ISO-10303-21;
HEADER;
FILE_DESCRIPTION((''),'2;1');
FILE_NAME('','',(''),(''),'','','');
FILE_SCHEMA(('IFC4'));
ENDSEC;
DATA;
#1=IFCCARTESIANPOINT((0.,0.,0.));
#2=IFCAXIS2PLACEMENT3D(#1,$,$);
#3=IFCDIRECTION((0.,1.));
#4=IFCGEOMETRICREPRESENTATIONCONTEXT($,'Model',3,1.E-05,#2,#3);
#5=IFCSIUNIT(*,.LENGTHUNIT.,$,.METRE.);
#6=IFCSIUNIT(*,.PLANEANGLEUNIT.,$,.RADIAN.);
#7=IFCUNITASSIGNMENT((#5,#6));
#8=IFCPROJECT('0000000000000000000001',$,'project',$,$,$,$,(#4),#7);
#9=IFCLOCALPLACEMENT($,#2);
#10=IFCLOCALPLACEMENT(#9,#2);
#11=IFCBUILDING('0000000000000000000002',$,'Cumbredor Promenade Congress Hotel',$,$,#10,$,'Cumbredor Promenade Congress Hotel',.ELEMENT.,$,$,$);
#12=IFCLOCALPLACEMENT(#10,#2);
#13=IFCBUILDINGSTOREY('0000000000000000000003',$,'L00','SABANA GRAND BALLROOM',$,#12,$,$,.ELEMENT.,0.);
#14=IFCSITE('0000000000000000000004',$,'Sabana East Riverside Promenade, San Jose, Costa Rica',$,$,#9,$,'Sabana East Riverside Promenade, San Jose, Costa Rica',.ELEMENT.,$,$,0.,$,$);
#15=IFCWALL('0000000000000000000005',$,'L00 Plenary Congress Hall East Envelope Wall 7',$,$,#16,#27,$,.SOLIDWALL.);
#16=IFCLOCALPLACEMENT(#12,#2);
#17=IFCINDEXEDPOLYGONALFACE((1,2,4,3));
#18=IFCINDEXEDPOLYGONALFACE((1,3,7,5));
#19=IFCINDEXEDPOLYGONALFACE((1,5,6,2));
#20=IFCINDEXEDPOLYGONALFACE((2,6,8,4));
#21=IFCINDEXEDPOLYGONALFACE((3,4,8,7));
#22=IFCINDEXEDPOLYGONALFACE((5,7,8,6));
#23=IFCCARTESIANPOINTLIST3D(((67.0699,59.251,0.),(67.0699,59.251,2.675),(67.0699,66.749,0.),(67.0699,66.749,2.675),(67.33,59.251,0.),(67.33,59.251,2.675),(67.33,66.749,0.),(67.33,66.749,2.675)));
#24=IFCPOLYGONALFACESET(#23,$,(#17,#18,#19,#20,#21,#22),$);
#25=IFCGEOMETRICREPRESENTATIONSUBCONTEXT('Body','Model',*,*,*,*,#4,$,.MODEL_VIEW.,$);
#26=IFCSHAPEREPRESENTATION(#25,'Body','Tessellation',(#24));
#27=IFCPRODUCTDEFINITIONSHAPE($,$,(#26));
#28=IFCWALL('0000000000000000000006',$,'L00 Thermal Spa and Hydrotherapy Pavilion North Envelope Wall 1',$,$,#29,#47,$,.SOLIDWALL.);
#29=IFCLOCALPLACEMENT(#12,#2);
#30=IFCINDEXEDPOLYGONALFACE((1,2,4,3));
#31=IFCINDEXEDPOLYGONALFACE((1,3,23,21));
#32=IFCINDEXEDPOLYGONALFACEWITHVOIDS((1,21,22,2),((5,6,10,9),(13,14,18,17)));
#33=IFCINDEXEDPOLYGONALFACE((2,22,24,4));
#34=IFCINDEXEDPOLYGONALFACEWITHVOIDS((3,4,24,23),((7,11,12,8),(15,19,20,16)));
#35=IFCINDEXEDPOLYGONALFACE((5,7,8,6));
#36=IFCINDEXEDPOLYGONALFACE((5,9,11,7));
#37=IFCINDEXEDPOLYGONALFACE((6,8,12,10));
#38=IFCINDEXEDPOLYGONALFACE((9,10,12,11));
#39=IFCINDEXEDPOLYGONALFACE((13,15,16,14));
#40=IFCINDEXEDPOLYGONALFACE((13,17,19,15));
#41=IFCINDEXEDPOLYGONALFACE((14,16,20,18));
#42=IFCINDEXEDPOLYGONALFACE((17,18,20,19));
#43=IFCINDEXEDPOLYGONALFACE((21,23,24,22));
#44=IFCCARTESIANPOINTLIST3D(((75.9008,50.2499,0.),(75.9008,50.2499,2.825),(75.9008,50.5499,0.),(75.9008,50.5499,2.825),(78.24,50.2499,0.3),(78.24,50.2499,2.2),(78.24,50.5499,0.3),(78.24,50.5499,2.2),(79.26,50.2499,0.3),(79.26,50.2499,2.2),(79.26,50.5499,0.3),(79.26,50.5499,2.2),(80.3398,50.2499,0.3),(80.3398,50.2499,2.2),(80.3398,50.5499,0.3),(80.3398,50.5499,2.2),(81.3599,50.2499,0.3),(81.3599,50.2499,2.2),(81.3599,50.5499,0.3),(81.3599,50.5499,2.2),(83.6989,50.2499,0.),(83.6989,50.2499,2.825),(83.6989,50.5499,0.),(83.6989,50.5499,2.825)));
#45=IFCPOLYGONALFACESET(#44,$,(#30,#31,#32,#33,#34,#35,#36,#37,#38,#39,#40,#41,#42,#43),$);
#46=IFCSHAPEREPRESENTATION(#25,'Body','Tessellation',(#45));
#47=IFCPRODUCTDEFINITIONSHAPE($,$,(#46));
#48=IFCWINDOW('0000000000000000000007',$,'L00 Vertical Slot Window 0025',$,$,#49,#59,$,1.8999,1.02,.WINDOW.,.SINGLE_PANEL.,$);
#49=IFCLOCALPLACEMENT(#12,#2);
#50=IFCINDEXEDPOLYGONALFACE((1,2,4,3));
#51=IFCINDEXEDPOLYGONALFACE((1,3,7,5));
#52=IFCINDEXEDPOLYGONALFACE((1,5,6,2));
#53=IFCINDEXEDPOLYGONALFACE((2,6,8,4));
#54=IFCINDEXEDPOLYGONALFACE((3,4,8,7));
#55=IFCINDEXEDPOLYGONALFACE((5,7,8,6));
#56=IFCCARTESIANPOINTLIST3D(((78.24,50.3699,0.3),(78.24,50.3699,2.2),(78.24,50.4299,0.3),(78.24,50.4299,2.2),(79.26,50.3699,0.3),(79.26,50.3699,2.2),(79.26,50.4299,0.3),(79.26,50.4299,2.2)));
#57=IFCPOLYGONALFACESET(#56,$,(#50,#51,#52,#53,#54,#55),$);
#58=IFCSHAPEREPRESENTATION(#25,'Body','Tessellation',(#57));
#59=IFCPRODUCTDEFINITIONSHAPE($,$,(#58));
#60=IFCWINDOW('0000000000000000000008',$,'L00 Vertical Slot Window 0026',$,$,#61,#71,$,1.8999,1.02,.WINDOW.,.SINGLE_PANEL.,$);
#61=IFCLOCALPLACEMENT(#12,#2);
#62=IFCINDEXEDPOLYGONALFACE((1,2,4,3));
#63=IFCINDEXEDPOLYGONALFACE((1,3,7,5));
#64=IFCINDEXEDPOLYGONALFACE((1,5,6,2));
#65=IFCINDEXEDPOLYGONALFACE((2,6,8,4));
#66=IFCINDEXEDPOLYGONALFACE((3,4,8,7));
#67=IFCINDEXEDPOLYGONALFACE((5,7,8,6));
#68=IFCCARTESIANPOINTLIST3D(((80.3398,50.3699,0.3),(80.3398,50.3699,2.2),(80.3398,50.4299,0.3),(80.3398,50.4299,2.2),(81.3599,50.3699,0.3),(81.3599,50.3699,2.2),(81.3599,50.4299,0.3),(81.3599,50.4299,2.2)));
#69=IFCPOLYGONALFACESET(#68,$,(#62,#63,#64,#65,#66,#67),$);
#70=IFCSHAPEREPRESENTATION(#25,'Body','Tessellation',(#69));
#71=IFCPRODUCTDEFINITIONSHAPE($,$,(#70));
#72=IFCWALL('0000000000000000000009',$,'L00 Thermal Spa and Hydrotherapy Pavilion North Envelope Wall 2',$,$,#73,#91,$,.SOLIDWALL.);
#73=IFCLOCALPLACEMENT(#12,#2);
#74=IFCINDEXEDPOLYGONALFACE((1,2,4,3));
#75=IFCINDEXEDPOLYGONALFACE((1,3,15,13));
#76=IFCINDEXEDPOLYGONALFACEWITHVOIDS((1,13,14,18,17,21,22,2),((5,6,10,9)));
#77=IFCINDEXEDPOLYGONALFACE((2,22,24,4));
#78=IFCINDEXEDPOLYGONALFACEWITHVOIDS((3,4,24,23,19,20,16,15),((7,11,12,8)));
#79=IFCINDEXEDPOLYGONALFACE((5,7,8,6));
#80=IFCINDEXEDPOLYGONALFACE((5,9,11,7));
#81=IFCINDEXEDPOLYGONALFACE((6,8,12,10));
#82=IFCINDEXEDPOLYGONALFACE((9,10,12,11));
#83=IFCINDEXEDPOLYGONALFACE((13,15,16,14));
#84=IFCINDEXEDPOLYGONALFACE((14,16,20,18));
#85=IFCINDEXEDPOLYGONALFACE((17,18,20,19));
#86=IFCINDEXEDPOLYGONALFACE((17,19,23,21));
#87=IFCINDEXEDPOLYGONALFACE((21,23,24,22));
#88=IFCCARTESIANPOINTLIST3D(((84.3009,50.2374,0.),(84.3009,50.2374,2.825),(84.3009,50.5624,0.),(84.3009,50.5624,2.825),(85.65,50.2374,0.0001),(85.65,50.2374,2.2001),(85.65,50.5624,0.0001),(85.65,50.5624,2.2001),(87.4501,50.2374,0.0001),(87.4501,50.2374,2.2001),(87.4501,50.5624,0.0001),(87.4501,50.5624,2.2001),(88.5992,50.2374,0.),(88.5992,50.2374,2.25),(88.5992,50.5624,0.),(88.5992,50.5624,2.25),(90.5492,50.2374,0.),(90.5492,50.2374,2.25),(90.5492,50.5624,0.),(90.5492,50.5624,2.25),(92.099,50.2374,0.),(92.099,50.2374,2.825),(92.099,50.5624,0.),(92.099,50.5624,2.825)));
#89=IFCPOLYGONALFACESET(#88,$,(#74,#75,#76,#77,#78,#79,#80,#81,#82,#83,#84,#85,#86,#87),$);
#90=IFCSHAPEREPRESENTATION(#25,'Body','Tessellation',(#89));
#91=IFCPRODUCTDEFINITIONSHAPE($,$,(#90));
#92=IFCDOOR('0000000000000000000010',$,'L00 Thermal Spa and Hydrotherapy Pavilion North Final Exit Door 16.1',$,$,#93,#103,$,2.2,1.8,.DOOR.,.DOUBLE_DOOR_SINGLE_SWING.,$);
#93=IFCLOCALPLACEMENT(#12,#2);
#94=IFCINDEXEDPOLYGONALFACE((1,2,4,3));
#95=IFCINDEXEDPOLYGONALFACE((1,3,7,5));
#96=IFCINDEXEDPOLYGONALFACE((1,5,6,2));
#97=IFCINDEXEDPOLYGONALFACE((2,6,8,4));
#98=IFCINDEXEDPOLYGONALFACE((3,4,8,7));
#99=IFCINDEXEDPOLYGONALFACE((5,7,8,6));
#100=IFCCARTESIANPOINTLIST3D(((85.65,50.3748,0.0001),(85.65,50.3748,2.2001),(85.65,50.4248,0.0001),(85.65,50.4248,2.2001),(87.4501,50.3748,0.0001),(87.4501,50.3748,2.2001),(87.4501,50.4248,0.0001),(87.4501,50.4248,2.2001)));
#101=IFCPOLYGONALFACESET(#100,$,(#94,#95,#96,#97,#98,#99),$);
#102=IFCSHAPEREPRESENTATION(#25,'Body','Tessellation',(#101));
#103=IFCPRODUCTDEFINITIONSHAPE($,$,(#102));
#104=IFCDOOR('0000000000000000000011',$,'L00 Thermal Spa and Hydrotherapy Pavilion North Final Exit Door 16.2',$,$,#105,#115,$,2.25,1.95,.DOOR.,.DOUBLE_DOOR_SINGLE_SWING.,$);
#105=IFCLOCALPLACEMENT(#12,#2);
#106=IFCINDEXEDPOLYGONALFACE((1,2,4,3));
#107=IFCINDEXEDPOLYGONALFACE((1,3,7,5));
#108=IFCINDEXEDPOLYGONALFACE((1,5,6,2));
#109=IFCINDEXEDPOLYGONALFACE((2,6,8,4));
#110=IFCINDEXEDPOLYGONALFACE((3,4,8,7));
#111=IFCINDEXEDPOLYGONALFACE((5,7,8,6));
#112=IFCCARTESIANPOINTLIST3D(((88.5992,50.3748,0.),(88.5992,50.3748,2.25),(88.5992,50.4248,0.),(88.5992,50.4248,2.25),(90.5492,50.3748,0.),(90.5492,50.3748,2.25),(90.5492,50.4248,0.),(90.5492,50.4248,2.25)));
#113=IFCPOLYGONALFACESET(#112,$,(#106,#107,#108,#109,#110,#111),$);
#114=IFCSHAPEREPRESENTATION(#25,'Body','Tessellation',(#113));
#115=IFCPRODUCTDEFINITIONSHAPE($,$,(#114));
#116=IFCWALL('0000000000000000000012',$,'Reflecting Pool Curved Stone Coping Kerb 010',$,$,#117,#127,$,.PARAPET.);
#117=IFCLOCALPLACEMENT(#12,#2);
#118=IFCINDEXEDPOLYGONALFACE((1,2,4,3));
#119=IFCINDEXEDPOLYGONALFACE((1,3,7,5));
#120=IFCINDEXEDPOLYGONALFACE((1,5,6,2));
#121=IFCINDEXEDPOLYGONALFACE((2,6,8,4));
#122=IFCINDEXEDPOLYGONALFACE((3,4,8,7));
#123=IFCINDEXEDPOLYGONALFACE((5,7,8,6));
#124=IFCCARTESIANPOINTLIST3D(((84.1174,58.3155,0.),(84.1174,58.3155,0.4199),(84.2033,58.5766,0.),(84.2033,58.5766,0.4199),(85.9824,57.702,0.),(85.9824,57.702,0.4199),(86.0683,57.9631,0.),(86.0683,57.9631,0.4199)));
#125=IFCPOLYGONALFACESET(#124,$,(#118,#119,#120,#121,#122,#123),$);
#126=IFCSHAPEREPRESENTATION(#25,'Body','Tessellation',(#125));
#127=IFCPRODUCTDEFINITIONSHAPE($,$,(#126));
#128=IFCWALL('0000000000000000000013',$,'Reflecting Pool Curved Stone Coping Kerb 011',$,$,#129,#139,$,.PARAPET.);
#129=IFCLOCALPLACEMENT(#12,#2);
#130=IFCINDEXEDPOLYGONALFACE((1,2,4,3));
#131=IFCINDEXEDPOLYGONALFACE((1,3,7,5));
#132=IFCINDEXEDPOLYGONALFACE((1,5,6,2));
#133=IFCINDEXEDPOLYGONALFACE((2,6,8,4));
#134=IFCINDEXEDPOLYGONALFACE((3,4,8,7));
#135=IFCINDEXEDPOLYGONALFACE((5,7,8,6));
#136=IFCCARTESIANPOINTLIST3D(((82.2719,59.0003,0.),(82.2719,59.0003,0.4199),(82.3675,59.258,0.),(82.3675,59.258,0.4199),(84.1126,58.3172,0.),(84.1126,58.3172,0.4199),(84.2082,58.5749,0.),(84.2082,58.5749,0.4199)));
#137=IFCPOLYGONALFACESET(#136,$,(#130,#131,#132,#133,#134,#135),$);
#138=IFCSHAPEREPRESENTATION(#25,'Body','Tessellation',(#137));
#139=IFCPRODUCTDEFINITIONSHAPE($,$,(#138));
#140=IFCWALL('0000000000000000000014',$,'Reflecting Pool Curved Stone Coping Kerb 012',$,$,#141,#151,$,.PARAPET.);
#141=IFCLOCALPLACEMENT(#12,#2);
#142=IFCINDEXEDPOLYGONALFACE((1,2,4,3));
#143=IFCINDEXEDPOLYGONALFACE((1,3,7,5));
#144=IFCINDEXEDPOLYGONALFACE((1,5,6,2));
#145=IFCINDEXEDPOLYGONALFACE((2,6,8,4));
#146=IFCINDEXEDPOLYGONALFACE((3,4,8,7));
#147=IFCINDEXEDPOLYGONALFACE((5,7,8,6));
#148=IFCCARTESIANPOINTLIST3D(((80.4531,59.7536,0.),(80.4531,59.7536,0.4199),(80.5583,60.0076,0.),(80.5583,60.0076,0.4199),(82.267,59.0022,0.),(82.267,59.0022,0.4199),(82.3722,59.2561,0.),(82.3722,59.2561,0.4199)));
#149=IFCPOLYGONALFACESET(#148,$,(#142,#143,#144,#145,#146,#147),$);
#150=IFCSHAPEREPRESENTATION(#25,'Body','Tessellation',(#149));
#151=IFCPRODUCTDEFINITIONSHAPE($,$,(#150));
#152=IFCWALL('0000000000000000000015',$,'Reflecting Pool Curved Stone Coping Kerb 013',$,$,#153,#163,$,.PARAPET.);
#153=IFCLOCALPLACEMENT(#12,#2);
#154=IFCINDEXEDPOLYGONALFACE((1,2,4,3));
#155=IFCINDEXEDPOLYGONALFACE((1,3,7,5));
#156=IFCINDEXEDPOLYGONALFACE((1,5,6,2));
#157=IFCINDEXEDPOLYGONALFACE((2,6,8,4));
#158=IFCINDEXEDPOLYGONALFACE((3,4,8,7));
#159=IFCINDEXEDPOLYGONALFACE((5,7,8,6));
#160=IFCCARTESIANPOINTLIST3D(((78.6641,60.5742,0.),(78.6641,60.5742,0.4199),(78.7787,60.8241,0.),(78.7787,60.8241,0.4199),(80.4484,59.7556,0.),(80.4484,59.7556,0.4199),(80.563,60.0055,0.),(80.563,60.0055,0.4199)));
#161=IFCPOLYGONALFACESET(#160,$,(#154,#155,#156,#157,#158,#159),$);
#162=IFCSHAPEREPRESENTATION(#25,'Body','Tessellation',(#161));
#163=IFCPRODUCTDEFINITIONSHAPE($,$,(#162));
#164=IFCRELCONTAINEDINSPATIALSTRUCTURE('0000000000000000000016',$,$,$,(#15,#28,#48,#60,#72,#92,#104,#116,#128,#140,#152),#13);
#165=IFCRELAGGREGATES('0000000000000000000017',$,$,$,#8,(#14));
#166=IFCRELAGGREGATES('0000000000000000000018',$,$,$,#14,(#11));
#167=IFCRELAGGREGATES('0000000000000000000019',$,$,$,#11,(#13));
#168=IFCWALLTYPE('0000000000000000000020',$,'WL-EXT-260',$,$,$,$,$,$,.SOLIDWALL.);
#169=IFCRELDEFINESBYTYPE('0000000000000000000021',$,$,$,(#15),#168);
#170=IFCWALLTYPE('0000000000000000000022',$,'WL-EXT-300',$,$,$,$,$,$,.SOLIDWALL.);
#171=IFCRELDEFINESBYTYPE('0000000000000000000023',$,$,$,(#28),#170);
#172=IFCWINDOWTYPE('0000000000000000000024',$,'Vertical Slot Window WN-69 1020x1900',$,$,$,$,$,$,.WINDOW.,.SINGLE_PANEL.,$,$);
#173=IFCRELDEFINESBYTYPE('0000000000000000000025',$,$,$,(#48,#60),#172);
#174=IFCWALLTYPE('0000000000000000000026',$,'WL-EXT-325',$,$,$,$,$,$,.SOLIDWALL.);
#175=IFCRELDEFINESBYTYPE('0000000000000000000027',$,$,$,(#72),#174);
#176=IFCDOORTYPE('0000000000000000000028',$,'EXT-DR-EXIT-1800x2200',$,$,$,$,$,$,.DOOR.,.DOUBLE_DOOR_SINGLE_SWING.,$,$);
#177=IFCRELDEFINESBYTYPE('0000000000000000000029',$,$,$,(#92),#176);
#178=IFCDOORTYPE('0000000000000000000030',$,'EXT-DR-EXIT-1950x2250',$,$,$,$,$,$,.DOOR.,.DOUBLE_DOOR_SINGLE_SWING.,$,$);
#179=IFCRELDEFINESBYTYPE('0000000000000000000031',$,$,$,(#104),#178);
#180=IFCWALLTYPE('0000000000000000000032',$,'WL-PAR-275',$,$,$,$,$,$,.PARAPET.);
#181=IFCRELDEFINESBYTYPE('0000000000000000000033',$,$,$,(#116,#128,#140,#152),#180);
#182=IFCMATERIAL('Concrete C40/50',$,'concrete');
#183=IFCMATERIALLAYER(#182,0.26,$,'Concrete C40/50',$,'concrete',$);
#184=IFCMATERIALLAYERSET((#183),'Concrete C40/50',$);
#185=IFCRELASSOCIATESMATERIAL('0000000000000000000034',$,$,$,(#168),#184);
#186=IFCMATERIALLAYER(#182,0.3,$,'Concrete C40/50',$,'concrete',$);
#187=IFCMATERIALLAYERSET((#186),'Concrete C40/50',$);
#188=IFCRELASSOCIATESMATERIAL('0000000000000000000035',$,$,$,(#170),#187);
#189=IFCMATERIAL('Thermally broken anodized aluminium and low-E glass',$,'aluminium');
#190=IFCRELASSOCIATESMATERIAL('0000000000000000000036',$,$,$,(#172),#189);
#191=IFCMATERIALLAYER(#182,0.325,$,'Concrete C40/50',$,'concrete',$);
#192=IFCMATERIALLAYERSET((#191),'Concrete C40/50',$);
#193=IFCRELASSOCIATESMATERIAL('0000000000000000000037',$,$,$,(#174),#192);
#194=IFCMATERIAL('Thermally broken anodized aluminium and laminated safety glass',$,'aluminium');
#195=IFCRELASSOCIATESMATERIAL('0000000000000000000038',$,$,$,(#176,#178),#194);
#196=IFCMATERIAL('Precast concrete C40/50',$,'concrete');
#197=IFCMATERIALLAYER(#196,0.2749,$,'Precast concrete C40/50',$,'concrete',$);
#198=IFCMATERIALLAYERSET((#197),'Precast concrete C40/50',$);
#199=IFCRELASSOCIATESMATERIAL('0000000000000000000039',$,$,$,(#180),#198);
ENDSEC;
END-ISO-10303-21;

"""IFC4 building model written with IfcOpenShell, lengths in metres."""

from ifc_helpers import new_model, si_unit, direction, frame, frame_2d, origin, place, context, subcontext, project, spatial, rectangle, extrude, material, layer, layer_set, type_object, element, fill, save


model = new_model("IFC4")

# Units and contexts
model_context = context("Model", 3, precision=1e-05, world=origin(), true_north=direction((0.0, 1.0)))
body_context = subcontext(model_context, "Body", "Model", "MODEL_VIEW")
ifc_project = project(units=[si_unit("LENGTHUNIT", "METRE"), si_unit("PLANEANGLEUNIT", "RADIAN")], contexts=[model_context])

# Site, building, storey
site_placement = place(None, origin())
site = spatial("IfcSite", under=ifc_project, at=site_placement, Name="Sabana East Riverside Promenade, San Jose, Costa Rica", LongName="Sabana East Riverside Promenade, San Jose, Costa Rica", CompositionType="ELEMENT", RefElevation=0.0)
building_placement = place(site_placement, origin())
building = spatial("IfcBuilding", under=site, at=building_placement, Name="Cumbredor Promenade Congress Hotel", LongName="Cumbredor Promenade Congress Hotel", CompositionType="ELEMENT")
storey_placement = place(building_placement, origin())
storey = spatial("IfcBuildingStorey", under=building, at=storey_placement, Name="L00", Description="SABANA GRAND BALLROOM", CompositionType="ELEMENT", Elevation=0.0)

# Shared definitions
ifc_material_1 = material(Name="Concrete C40/50", Category="concrete")

# Shared definitions
ifc_material_2 = material(Name="Thermally broken anodized aluminium and low-E glass", Category="aluminium")

# Wall
ifc_layer_1 = layer(ifc_material_1, 0.26, Name="Concrete C40/50", Category="concrete")
ifc_layer_set_1 = layer_set([ifc_layer_1], Name="Concrete C40/50")
wall_type_1 = type_object("IfcWallType", Name="WL-EXT-260", PredefinedType="SOLIDWALL", material=ifc_layer_set_1)
wall_1_placement = place(storey_placement, frame((67.2, 59.251, 0.0), z_axis=(0.0, 0.0, 1.0), x_axis=(0.0, 1.0, 0.0)))
element("IfcWall", 1, at=wall_1_placement, inside=storey, type_object=wall_type_1, Name="L00 Plenary Congress Hall East Envelope Wall 7", PredefinedType="SOLIDWALL", context=body_context, shape_type="SweptSolid", body=[
    extrude(rectangle(XDim=7.498, YDim=0.26, at=frame_2d((3.749, 0.0))), origin(), (0.0, 0.0, 1.0), 2.675),
])

# Wall, openings, windows
ifc_layer_2 = layer(ifc_material_1, 0.3, Name="Concrete C40/50", Category="concrete")
ifc_layer_set_2 = layer_set([ifc_layer_2], Name="Concrete C40/50")
wall_type_2 = type_object("IfcWallType", Name="WL-EXT-300", PredefinedType="SOLIDWALL", material=ifc_layer_set_2)
wall_2_placement = place(storey_placement, frame((75.9009, 50.3999, 0.0), z_axis=(0.0, 0.0, 1.0), x_axis=(1.0, 0.0, 0.0)))
wall_2 = element("IfcWall", 2, at=wall_2_placement, inside=storey, type_object=wall_type_2, Name="L00 Thermal Spa and Hydrotherapy Pavilion North Envelope Wall 1", PredefinedType="SOLIDWALL", context=body_context, shape_type="SweptSolid", body=[
    extrude(rectangle(XDim=7.7981, YDim=0.3, at=frame_2d((3.8989, 0.0))), origin(), (0.0, 0.0, 1.0), 2.825),
])
opening_1_placement = place(wall_2_placement, frame((2.3391, 0.0, 0.3)))
opening_1 = element("IfcOpeningElement", 3, at=opening_1_placement, cuts=wall_2, PredefinedType="OPENING", context=body_context, shape_type="SweptSolid", body=[
    extrude(rectangle(XDim=1.02, YDim=1.8999, at=frame_2d((0.51, 0.95))), frame((0.0, 0.1602, 0.0), z_axis=(0.0, -1.0, 0.0), x_axis=(1.0, 0.0, 0.0)), (0.0, 0.0, 1.0), 0.3201),
])
opening_2_placement = place(wall_2_placement, frame((4.439, 0.0, 0.3)))
opening_2 = element("IfcOpeningElement", 4, at=opening_2_placement, cuts=wall_2, PredefinedType="OPENING", context=body_context, shape_type="SweptSolid", body=[
    extrude(rectangle(XDim=1.02, YDim=1.8999, at=frame_2d((0.51, 0.95))), frame((0.0, 0.1602, 0.0), z_axis=(0.0, -1.0, 0.0), x_axis=(1.0, 0.0, 0.0)), (0.0, 0.0, 1.0), 0.3201),
])
window_type = type_object("IfcWindowType", Name="Vertical Slot Window WN-69 1020x1900", PartitioningType="SINGLE_PANEL", PredefinedType="WINDOW", material=ifc_material_2)
window_1_placement = place(opening_1_placement, origin())
window_1 = element("IfcWindow", 5, at=window_1_placement, inside=storey, type_object=window_type, Name="L00 Vertical Slot Window 0025", OverallHeight=1.8999, OverallWidth=1.02, PartitioningType="SINGLE_PANEL", PredefinedType="WINDOW", context=body_context, shape_type="SweptSolid", body=[
    extrude(rectangle(XDim=1.02, YDim=1.8999, at=frame_2d((0.51, 0.95))), frame((0.0, 0.03, 0.0), z_axis=(0.0, -1.0, 0.0), x_axis=(1.0, 0.0, 0.0)), (0.0, 0.0, 1.0), 0.0601),
])
fill(opening_1, window_1)
window_2_placement = place(opening_2_placement, origin())
window_2 = element("IfcWindow", 6, at=window_2_placement, inside=storey, type_object=window_type, Name="L00 Vertical Slot Window 0026", OverallHeight=1.8999, OverallWidth=1.02, PartitioningType="SINGLE_PANEL", PredefinedType="WINDOW", context=body_context, shape_type="SweptSolid", body=[
    extrude(rectangle(XDim=1.02, YDim=1.8999, at=frame_2d((0.51, 0.95))), frame((0.0, 0.03, 0.0), z_axis=(0.0, -1.0, 0.0), x_axis=(1.0, 0.0, 0.0)), (0.0, 0.0, 1.0), 0.0601),
])
fill(opening_2, window_2)

# Wall, openings, doors
ifc_layer_3 = layer(ifc_material_1, 0.325, Name="Concrete C40/50", Category="concrete")
ifc_layer_set_3 = layer_set([ifc_layer_3], Name="Concrete C40/50")
wall_type_3 = type_object("IfcWallType", Name="WL-EXT-325", PredefinedType="SOLIDWALL", material=ifc_layer_set_3)
wall_3_placement = place(storey_placement, frame((84.301, 50.3999, 0.0), z_axis=(0.0, 0.0, 1.0), x_axis=(1.0, 0.0, 0.0)))
wall_3 = element("IfcWall", 7, at=wall_3_placement, inside=storey, type_object=wall_type_3, Name="L00 Thermal Spa and Hydrotherapy Pavilion North Envelope Wall 2", PredefinedType="SOLIDWALL", context=body_context, shape_type="SweptSolid", body=[
    extrude(rectangle(XDim=7.7981, YDim=0.325, at=frame_2d((3.8989, 0.0))), origin(), (0.0, 0.0, 1.0), 2.825),
])
opening_3_placement = place(wall_3_placement, frame((1.3491, 0.0, 0.0)))
opening_3 = element("IfcOpeningElement", 8, at=opening_3_placement, cuts=wall_3, PredefinedType="OPENING", context=body_context, shape_type="SweptSolid", body=[
    extrude(rectangle(XDim=1.8, YDim=2.2, at=frame_2d((0.8999, 1.1001))), frame((0.0, 0.1724, 0.0), z_axis=(0.0, -1.0, 0.0), x_axis=(1.0, 0.0, 0.0)), (0.0, 0.0, 1.0), 0.345),
])
opening_4_placement = place(wall_3_placement, frame((4.2981, 0.0, 0.0)))
opening_4 = element("IfcOpeningElement", 9, at=opening_4_placement, cuts=wall_3, PredefinedType="OPENING", context=body_context, shape_type="SweptSolid", body=[
    extrude(rectangle(XDim=1.95, YDim=2.25, at=frame_2d((0.9751, 1.125))), frame((0.0, 0.1724, 0.0), z_axis=(0.0, -1.0, 0.0), x_axis=(1.0, 0.0, 0.0)), (0.0, 0.0, 1.0), 0.345),
])
ifc_material_3 = material(Name="Thermally broken anodized aluminium and laminated safety glass", Category="aluminium")
door_type_1 = type_object("IfcDoorType", Name="EXT-DR-EXIT-1800x2200", OperationType="DOUBLE_DOOR_SINGLE_SWING", PredefinedType="DOOR", material=ifc_material_3)
door_1_placement = place(opening_3_placement, origin())
door_1 = element("IfcDoor", 10, at=door_1_placement, inside=storey, type_object=door_type_1, Name="L00 Thermal Spa and Hydrotherapy Pavilion North Final Exit Door 16.1", OperationType="DOUBLE_DOOR_SINGLE_SWING", OverallHeight=2.2, OverallWidth=1.8, PredefinedType="DOOR", context=body_context, shape_type="SweptSolid", body=[
    extrude(rectangle(XDim=1.8, YDim=2.2, at=frame_2d((0.8999, 1.1001))), frame((0.0, 0.0249, 0.0), z_axis=(0.0, -1.0, 0.0), x_axis=(1.0, 0.0, 0.0)), (0.0, 0.0, 1.0), 0.05),
])
fill(opening_3, door_1)
door_type_2 = type_object("IfcDoorType", Name="EXT-DR-EXIT-1950x2250", OperationType="DOUBLE_DOOR_SINGLE_SWING", PredefinedType="DOOR", material=ifc_material_3)
door_2_placement = place(opening_4_placement, origin())
door_2 = element("IfcDoor", 11, at=door_2_placement, inside=storey, type_object=door_type_2, Name="L00 Thermal Spa and Hydrotherapy Pavilion North Final Exit Door 16.2", OperationType="DOUBLE_DOOR_SINGLE_SWING", OverallHeight=2.25, OverallWidth=1.95, PredefinedType="DOOR", context=body_context, shape_type="SweptSolid", body=[
    extrude(rectangle(XDim=1.95, YDim=2.25, at=frame_2d((0.9751, 1.125))), frame((0.0, 0.0249, 0.0), z_axis=(0.0, -1.0, 0.0), x_axis=(1.0, 0.0, 0.0)), (0.0, 0.0, 1.0), 0.05),
])
fill(opening_4, door_2)

# Walls
ifc_material_4 = material(Name="Precast concrete C40/50", Category="concrete")
ifc_layer_4 = layer(ifc_material_4, 0.2749, Name="Precast concrete C40/50", Category="concrete")
ifc_layer_set_4 = layer_set([ifc_layer_4], Name="Precast concrete C40/50")
wall_type_4 = type_object("IfcWallType", Name="WL-PAR-275", PredefinedType="PARAPET", material=ifc_layer_set_4)
for number, where, z_axis, x_axis, name in (
    (12, (86.0254, 57.8325, 0.0), (0.0, 0.0, 1.0), (-0.949919, 0.312495, 0.0), "Reflecting Pool Curved Stone Coping Kerb 010"),
    (13, (84.1604, 58.446, 0.0), (0.0, 0.0, 1.0), (-0.93753, 0.347906, 0.0), "Reflecting Pool Curved Stone Coping Kerb 011"),
    (14, (82.3196, 59.1292, 0.0), (0.0, 0.0, 1.0), (-0.923862, 0.382725, 0.0), "Reflecting Pool Curved Stone Coping Kerb 012"),
):
    element("IfcWall", number, at=place(storey_placement, frame(where, z_axis=z_axis, x_axis=x_axis)), inside=storey, type_object=wall_type_4, Name=name, PredefinedType="PARAPET", context=body_context, shape_type="SweptSolid", body=[
        extrude(rectangle(XDim=1.9634, YDim=0.2749, at=frame_2d((0.9817, 0.0))), origin(), (0.0, 0.0, 1.0), 0.4199),
    ])
wall_4_placement = place(storey_placement, frame((80.5056, 59.8806, 0.0), z_axis=(0.0, 0.0, 1.0), x_axis=(-0.908922, 0.416967, 0.0)))
element("IfcWall", 15, at=wall_4_placement, inside=storey, type_object=wall_type_4, Name="Reflecting Pool Curved Stone Coping Kerb 013", PredefinedType="PARAPET", context=body_context, shape_type="SweptSolid", body=[
    extrude(rectangle(XDim=1.9631, YDim=0.2749, at=frame_2d((0.9814, 0.0))), origin(), (0.0, 0.0, 1.0), 0.4199),
])

save(model, "model.ifc")
